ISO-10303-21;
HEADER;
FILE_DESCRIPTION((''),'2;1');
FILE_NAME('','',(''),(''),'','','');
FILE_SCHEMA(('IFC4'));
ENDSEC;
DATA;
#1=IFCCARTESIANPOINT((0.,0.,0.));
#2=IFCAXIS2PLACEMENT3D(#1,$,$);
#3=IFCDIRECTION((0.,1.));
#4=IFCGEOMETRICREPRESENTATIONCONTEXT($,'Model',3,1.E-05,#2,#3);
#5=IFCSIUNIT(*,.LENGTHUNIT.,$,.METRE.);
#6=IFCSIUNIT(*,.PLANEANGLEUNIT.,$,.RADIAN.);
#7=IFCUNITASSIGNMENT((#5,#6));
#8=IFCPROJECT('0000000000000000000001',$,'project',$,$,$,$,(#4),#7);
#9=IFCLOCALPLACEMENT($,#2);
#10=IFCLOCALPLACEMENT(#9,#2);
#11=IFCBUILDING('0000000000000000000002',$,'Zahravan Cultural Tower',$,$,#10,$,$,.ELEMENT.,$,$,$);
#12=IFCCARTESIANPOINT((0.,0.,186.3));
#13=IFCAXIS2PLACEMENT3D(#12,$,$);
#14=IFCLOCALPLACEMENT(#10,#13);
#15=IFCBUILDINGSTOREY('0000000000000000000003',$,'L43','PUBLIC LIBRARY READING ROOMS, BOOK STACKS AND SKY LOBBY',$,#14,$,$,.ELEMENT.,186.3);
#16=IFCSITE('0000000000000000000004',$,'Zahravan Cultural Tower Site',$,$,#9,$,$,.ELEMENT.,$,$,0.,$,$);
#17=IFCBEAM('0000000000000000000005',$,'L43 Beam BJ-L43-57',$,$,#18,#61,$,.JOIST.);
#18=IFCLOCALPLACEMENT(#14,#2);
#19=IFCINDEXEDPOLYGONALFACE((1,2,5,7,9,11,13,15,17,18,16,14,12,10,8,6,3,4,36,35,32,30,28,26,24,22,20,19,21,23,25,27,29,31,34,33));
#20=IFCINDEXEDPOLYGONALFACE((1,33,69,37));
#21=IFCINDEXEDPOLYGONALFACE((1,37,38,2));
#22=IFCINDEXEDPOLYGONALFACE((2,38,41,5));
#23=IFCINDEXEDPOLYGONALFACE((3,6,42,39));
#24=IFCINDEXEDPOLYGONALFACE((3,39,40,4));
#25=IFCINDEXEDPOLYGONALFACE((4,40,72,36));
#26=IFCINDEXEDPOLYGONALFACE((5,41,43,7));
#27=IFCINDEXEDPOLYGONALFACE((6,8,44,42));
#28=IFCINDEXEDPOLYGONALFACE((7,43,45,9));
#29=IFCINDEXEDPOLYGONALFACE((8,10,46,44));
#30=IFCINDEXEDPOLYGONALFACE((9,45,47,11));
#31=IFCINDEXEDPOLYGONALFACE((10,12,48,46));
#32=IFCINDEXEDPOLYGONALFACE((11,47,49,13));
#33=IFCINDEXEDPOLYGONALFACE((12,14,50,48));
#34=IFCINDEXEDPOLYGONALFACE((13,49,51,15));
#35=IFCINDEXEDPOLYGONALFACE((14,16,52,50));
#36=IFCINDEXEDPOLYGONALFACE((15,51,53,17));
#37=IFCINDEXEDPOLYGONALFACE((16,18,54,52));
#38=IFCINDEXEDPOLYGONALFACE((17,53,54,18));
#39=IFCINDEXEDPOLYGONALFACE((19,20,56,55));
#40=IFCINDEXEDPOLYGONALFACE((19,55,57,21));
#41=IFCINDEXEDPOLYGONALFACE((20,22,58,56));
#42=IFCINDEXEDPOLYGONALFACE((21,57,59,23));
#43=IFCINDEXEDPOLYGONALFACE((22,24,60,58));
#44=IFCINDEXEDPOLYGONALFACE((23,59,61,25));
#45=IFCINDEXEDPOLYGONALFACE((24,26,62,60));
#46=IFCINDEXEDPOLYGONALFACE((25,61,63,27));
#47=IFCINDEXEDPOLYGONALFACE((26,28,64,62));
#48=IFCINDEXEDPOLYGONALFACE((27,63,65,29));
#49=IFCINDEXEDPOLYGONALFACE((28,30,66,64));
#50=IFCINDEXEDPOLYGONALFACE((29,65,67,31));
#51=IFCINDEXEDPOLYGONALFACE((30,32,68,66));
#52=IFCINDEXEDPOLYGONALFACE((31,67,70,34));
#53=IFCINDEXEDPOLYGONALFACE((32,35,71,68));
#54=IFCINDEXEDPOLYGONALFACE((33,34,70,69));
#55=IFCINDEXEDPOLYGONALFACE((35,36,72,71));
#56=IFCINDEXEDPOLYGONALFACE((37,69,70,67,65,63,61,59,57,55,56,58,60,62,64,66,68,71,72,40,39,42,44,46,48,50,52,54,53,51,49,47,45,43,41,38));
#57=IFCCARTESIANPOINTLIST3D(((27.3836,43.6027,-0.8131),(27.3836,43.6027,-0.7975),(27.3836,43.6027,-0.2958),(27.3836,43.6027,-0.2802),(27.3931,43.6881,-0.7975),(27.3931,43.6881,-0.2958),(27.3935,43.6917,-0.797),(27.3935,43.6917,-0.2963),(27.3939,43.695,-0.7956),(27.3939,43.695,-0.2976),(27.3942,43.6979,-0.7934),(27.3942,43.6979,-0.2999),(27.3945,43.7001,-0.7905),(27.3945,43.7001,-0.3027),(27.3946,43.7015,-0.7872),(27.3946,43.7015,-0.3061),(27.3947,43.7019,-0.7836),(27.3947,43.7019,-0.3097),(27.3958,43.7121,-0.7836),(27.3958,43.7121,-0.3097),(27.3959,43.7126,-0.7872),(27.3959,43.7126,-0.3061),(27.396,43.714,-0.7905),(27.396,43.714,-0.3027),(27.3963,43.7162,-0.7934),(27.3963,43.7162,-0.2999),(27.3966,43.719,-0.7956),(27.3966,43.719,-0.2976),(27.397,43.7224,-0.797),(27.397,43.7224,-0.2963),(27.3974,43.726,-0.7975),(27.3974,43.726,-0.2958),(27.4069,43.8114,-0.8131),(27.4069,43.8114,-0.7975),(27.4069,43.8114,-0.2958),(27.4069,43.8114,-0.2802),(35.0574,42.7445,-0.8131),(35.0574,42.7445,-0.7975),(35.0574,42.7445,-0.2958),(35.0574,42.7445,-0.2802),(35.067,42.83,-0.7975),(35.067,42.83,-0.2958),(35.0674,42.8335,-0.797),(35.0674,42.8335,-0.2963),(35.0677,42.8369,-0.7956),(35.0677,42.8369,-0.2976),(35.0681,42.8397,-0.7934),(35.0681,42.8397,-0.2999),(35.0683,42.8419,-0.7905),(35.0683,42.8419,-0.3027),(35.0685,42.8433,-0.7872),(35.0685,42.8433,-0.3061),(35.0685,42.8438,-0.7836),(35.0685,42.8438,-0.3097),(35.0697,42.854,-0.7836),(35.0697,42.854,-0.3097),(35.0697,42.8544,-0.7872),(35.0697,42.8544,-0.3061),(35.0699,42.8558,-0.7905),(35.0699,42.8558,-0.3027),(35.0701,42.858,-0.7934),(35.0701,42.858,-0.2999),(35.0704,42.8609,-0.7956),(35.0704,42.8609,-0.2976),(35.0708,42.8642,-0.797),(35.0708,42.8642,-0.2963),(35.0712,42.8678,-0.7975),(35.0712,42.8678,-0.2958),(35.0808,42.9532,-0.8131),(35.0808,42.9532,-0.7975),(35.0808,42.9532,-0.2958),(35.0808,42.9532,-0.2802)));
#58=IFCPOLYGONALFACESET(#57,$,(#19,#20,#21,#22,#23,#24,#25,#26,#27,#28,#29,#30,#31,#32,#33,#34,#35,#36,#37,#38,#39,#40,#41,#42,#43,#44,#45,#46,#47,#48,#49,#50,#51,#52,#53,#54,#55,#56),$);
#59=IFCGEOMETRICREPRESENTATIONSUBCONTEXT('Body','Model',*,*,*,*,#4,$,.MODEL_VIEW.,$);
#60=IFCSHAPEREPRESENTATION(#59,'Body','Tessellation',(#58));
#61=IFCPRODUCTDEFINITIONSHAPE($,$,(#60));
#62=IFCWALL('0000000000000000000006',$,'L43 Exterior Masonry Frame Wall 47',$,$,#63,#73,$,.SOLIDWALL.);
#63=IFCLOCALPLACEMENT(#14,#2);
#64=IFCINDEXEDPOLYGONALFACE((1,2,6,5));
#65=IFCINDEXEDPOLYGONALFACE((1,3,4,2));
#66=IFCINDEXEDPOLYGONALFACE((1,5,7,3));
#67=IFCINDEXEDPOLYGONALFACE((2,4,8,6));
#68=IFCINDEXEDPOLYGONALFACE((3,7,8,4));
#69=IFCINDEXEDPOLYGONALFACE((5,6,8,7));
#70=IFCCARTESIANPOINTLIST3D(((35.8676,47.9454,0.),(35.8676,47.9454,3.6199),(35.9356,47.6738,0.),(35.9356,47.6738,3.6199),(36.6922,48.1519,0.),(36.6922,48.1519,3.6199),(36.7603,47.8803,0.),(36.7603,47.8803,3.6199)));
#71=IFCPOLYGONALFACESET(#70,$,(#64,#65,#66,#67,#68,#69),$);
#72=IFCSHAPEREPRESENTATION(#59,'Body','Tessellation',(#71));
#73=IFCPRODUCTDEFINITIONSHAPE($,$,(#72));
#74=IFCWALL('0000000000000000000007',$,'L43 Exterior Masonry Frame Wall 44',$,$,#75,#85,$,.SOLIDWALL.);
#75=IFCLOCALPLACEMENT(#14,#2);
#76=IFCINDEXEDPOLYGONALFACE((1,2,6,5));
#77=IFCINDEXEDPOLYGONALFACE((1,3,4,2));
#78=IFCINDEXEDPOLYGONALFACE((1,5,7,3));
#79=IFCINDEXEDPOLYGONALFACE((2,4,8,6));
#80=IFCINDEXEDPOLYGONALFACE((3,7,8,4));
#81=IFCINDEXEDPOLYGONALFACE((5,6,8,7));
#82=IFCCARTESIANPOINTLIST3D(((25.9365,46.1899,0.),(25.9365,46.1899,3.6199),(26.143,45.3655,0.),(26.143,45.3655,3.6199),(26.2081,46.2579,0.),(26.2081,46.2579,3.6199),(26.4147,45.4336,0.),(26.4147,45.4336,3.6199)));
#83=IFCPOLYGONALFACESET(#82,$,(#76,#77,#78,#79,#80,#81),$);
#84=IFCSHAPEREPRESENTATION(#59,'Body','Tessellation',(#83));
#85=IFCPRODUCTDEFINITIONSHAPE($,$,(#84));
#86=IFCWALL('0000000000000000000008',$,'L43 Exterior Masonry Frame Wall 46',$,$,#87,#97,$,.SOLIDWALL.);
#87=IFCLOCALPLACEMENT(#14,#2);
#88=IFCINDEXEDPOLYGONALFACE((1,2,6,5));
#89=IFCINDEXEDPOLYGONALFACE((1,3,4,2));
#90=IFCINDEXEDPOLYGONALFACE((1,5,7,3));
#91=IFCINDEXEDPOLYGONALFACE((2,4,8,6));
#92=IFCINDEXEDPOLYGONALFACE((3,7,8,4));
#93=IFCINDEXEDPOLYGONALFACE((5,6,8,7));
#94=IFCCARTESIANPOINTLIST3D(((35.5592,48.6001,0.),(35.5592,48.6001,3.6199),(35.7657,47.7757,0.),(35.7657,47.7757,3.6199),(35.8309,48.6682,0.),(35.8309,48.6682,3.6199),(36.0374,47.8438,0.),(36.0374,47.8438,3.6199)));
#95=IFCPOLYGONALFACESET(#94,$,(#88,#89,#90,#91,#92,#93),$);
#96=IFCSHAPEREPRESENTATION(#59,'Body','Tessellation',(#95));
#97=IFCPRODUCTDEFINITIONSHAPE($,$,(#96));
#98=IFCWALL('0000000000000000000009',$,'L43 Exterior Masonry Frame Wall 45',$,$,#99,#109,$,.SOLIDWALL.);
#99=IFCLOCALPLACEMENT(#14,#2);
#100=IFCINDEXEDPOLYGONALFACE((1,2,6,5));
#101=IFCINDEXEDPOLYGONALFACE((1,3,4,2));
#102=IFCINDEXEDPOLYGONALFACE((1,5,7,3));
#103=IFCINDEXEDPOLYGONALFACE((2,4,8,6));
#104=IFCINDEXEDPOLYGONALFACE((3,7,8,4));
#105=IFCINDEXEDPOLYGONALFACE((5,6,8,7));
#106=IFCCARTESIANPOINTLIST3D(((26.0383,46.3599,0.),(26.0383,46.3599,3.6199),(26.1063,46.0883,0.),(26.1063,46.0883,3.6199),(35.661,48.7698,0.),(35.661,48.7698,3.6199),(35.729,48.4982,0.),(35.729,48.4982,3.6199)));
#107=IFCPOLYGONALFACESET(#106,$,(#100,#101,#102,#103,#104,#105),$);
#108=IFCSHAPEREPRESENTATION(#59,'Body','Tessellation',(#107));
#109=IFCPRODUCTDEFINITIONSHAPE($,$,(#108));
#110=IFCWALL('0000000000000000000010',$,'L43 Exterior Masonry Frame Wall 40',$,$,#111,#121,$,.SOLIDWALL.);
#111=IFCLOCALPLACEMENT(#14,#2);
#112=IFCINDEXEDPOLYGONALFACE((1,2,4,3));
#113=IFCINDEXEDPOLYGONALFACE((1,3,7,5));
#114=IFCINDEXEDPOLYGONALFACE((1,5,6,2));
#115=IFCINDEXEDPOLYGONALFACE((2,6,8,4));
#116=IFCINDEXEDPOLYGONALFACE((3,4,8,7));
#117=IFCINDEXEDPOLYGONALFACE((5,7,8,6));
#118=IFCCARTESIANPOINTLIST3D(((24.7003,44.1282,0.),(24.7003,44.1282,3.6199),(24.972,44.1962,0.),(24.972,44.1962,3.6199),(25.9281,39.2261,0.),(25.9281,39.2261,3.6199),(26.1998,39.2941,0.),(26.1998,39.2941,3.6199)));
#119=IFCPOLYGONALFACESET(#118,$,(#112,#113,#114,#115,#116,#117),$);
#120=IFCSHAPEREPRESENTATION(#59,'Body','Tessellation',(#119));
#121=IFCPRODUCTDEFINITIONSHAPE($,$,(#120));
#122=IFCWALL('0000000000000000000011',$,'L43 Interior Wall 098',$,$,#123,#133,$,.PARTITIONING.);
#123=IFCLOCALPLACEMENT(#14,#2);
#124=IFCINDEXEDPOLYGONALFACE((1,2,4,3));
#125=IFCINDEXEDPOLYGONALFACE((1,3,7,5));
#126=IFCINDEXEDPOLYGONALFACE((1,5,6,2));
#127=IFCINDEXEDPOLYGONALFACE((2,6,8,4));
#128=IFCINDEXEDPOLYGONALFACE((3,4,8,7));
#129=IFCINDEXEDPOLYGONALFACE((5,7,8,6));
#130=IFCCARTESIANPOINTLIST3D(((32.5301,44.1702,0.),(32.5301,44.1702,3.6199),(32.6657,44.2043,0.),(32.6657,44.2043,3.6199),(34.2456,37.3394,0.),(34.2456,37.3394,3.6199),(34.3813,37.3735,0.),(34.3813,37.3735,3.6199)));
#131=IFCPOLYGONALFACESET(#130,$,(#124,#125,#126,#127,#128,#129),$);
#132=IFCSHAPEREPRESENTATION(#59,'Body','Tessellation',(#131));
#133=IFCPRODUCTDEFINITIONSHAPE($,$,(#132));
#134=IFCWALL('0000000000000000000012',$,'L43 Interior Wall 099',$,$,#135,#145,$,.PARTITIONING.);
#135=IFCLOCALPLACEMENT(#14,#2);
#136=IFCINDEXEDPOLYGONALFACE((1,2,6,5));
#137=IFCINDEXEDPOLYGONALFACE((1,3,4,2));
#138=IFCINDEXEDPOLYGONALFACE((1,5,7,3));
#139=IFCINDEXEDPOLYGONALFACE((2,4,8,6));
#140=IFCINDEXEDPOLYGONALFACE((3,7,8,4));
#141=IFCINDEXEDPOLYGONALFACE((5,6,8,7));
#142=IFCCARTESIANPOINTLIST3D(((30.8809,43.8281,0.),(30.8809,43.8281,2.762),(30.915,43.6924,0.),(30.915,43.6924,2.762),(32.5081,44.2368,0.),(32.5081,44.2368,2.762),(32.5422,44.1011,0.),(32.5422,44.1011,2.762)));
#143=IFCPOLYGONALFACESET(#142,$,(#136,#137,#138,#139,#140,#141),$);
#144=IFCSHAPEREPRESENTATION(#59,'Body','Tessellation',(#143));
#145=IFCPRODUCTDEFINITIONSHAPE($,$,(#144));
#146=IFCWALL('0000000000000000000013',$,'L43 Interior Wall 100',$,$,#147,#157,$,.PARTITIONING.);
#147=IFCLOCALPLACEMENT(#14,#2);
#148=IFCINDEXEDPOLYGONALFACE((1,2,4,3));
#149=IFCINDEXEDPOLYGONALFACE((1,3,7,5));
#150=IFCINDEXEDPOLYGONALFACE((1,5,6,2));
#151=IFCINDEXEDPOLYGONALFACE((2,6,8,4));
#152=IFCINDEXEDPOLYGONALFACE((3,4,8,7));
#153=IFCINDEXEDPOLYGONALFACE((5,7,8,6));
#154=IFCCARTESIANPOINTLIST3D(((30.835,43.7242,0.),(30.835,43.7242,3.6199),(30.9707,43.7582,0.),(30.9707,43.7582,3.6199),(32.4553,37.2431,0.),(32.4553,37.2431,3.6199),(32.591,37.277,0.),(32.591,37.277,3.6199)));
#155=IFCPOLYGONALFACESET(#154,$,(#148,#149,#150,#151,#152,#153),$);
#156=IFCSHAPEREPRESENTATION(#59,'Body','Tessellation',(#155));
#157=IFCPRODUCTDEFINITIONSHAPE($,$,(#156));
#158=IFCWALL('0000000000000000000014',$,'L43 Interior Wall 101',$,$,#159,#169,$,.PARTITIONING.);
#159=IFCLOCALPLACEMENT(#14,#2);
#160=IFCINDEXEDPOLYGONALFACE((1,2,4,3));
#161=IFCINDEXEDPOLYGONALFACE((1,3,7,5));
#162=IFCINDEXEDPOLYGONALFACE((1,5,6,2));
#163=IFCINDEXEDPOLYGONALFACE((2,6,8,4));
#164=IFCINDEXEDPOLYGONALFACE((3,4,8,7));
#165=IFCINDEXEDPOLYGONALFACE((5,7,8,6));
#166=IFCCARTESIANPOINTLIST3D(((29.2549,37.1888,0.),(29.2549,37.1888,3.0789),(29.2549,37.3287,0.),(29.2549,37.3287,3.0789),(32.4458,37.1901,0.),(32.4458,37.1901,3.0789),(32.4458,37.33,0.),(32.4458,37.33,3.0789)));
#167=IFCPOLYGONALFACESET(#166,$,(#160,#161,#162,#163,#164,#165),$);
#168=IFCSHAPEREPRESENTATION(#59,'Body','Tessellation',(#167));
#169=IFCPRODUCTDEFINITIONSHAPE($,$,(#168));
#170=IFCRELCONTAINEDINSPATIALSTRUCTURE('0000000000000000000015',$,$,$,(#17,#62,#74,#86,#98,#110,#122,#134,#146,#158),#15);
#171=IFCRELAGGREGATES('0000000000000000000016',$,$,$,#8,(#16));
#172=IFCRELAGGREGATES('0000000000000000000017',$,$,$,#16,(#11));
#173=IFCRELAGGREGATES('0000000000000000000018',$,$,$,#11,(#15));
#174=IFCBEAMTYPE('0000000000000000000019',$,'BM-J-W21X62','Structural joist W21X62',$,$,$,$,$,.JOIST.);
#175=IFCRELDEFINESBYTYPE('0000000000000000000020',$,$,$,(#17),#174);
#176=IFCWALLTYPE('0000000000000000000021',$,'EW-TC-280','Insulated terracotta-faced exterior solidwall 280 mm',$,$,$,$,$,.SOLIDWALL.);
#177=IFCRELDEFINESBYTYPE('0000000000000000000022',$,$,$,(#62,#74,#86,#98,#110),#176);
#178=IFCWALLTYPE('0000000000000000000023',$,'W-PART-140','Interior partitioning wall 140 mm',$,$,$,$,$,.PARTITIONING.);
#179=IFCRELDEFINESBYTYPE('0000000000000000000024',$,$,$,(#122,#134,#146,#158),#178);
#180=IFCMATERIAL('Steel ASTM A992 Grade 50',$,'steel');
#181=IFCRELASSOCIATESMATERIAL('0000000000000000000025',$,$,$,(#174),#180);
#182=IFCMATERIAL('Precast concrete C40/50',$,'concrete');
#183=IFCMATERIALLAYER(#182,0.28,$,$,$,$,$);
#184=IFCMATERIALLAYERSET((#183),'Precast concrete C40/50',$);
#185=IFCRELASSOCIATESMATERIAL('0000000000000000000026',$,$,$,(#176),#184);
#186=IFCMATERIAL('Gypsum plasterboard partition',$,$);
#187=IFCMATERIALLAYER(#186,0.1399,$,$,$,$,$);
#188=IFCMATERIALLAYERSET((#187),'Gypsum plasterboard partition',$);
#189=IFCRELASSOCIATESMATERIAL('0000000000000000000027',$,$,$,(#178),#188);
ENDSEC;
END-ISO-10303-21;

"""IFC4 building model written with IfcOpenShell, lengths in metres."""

from ifc_helpers import new_model, si_unit, direction, frame, frame_2d, origin, origin_2d, place, context, subcontext, project, spatial, rectangle, i_section, extrude, source, transform, mapped, material, layer, layer_set, material_profile, profile_set, type_object, element, save


model = new_model("IFC4")

# Units and contexts
model_context = context("Model", 3, precision=1e-05, world=origin(), true_north=direction((0.0, 1.0)))
body_context = subcontext(model_context, "Body", "Model", "MODEL_VIEW")
ifc_project = project(units=[si_unit("LENGTHUNIT", "METRE"), si_unit("PLANEANGLEUNIT", "RADIAN")], contexts=[model_context])

# Site, building, storey
site_placement = place(None, origin())
site = spatial("IfcSite", under=ifc_project, at=site_placement, Name="Zahravan Cultural Tower Site", CompositionType="ELEMENT", RefElevation=0.0)
building_placement = place(site_placement, origin())
building = spatial("IfcBuilding", under=site, at=building_placement, Name="Zahravan Cultural Tower", CompositionType="ELEMENT")
storey_placement = place(building_placement, frame((0.0, 0.0, 186.3)))
storey = spatial("IfcBuildingStorey", under=building, at=storey_placement, Name="L43", Description="PUBLIC LIBRARY READING ROOMS, BOOK STACKS AND SKY LOBBY", CompositionType="ELEMENT", Elevation=186.3)

# Shared definitions
ifc_material_1 = material(Name="Steel ASTM A992 Grade 50", Category="steel")

# Beam
ifc_material_profile_1 = material_profile(ifc_material_1, i_section(OverallWidth=0.21, OverallDepth=0.533, WebThickness=0.0103, FlangeThickness=0.0156, FilletRadius=0.0139, at=origin_2d()), Name="W21X62")
ifc_profile_set_1 = profile_set([ifc_material_profile_1], Name="Steel ASTM A992 Grade 50")
beam_type_1 = type_object("IfcBeamType", Name="BM-J-W21X62", Description="Structural joist W21X62", PredefinedType="JOIST", material=ifc_profile_set_1)
shared_shape_1 = source(origin(), body_context, "Body", "SweptSolid", [
    extrude(i_section(OverallWidth=0.21, OverallDepth=0.533, WebThickness=0.0103, FlangeThickness=0.0156, FilletRadius=0.0139, at=origin_2d()), origin(), (0.0, 0.0, 1.0), 7.7217),
])
beam_1_placement = place(storey_placement, frame((35.0691, 42.8489, -0.5466), z_axis=(-0.993805, 0.111136, 0.0), x_axis=(-0.111136, -0.993805, 0.0)))
element("IfcBeam", 1, at=beam_1_placement, inside=storey, type_object=beam_type_1, Name="L43 Beam BJ-L43-57", PredefinedType="JOIST", context=body_context, shape_type="MappedRepresentation", body=[
    mapped(shared_shape_1, transform((0.0, 0.0, 0.0), x_axis=(1.0, 0.0, 0.0), y_axis=(0.0, 1.0, 0.0), z_axis=(0.0, 0.0, 1.0), scale=1.0)),
])

# Walls
ifc_material_2 = material(Name="Precast concrete C40/50", Category="concrete")
ifc_layer_1 = layer(ifc_material_2, 0.28)
ifc_layer_set_1 = layer_set([ifc_layer_1], Name="Precast concrete C40/50")
wall_type_1 = type_object("IfcWallType", Name="EW-TC-280", Description="Insulated terracotta-faced exterior solidwall 280 mm", PredefinedType="SOLIDWALL", material=ifc_layer_set_1)
shared_shape_2 = source(origin(), body_context, "Body", "SweptSolid", [
    extrude(rectangle(XDim=0.8501, YDim=0.28, at=frame_2d((0.425, 0.0))), origin(), (0.0, 0.0, 1.0), 3.6199),
])
wall_1_placement = place(storey_placement, frame((35.9016, 47.8096, 0.0), z_axis=(0.0, 0.0, 1.0), x_axis=(0.970041, 0.242941, 0.0)))
element("IfcWall", 2, at=wall_1_placement, inside=storey, type_object=wall_type_1, Name="L43 Exterior Masonry Frame Wall 47", PredefinedType="SOLIDWALL", context=body_context, shape_type="MappedRepresentation", body=[
    mapped(shared_shape_2, transform((0.0, 0.0, 0.0), x_axis=(1.0, 0.0, 0.0), y_axis=(0.0, 1.0, 0.0), z_axis=(0.0, 0.0, 1.0), scale=1.0)),
])
shared_shape_3 = source(origin(), body_context, "Body", "SweptSolid", [
    extrude(rectangle(XDim=0.8499, YDim=0.28, at=frame_2d((0.4248, 0.0))), origin(), (0.0, 0.0, 1.0), 3.6199),
])
for number, where, z_axis, x_axis, name in (
    (3, (26.2788, 45.3997, 0.0), (0.0, 0.0, 1.0), (-0.243009, 0.970024, 0.0), "L43 Exterior Masonry Frame Wall 44"),
    (4, (35.6951, 48.634, 0.0), (0.0, 0.0, 1.0), (0.243009, -0.970024, 0.0), "L43 Exterior Masonry Frame Wall 46"),
):
    element("IfcWall", number, at=place(storey_placement, frame(where, z_axis=z_axis, x_axis=x_axis)), inside=storey, type_object=wall_type_1, Name=name, PredefinedType="SOLIDWALL", context=body_context, shape_type="MappedRepresentation", body=[
        mapped(shared_shape_3, transform((0.0, 0.0, 0.0), x_axis=(1.0, 0.0, 0.0), y_axis=(0.0, 1.0, 0.0), z_axis=(0.0, 0.0, 1.0), scale=1.0)),
    ])
shared_shape_4 = source(origin(), body_context, "Body", "SweptSolid", [
    extrude(rectangle(XDim=9.9199, YDim=0.28, at=frame_2d((4.96, 0.0))), origin(), (0.0, 0.0, 1.0), 3.6199),
])
wall_2_placement = place(storey_placement, frame((26.0723, 46.2241, 0.0), z_axis=(0.0, 0.0, 1.0), x_axis=(0.970043, 0.242935, 0.0)))
element("IfcWall", 5, at=wall_2_placement, inside=storey, type_object=wall_type_1, Name="L43 Exterior Masonry Frame Wall 45", PredefinedType="SOLIDWALL", context=body_context, shape_type="MappedRepresentation", body=[
    mapped(shared_shape_4, transform((0.0, 0.0, 0.0), x_axis=(1.0, 0.0, 0.0), y_axis=(0.0, 1.0, 0.0), z_axis=(0.0, 0.0, 1.0), scale=1.0)),
])
shared_shape_5 = source(origin(), body_context, "Body", "SweptSolid", [
    extrude(rectangle(XDim=5.0535, YDim=0.28, at=frame_2d((2.5269, 0.0))), origin(), (0.0, 0.0, 1.0), 3.6199),
])
wall_3_placement = place(storey_placement, frame((26.064, 39.26, 0.0), z_axis=(0.0, 0.0, 1.0), x_axis=(-0.242956, 0.970037, 0.0)))
element("IfcWall", 6, at=wall_3_placement, inside=storey, type_object=wall_type_1, Name="L43 Exterior Masonry Frame Wall 40", PredefinedType="SOLIDWALL", context=body_context, shape_type="MappedRepresentation", body=[
    mapped(shared_shape_5, transform((0.0, 0.0, 0.0), x_axis=(1.0, 0.0, 0.0), y_axis=(0.0, 1.0, 0.0), z_axis=(0.0, 0.0, 1.0), scale=1.0)),
])
ifc_material_3 = material(Name="Gypsum plasterboard partition")
ifc_layer_2 = layer(ifc_material_3, 0.1399)
ifc_layer_set_2 = layer_set([ifc_layer_2], Name="Gypsum plasterboard partition")
wall_type_2 = type_object("IfcWallType", Name="W-PART-140", Description="Interior partitioning wall 140 mm", PredefinedType="PARTITIONING", material=ifc_layer_set_2)
shared_shape_6 = source(origin(), body_context, "Body", "SweptSolid", [
    extrude(rectangle(XDim=7.043, YDim=0.1399, at=frame_2d((3.5215, 0.0))), origin(), (0.0, 0.0, 1.0), 3.6199),
])
wall_4_placement = place(storey_placement, frame((34.3135, 37.3564, 0.0), z_axis=(0.0, 0.0, 1.0), x_axis=(-0.243588, 0.969879, 0.0)))
element("IfcWall", 7, at=wall_4_placement, inside=storey, type_object=wall_type_2, Name="L43 Interior Wall 098", PredefinedType="PARTITIONING", context=body_context, shape_type="MappedRepresentation", body=[
    mapped(shared_shape_6, transform((0.0, 0.0, 0.0), x_axis=(1.0, 0.0, 0.0), y_axis=(0.0, 1.0, 0.0), z_axis=(0.0, 0.0, 1.0), scale=1.0)),
])
shared_shape_7 = source(origin(), body_context, "Body", "SweptSolid", [
    extrude(rectangle(XDim=1.6777, YDim=0.1399, at=frame_2d((0.8389, 0.0))), origin(), (0.0, 0.0, 1.0), 2.762),
])
wall_5_placement = place(storey_placement, frame((32.5251, 44.1689, 0.0), z_axis=(0.0, 0.0, 1.0), x_axis=(-0.969877, -0.243597, 0.0)))
element("IfcWall", 8, at=wall_5_placement, inside=storey, type_object=wall_type_2, Name="L43 Interior Wall 099", PredefinedType="PARTITIONING", context=body_context, shape_type="MappedRepresentation", body=[
    mapped(shared_shape_7, transform((0.0, 0.0, 0.0), x_axis=(1.0, 0.0, 0.0), y_axis=(0.0, 1.0, 0.0), z_axis=(0.0, 0.0, 1.0), scale=1.0)),
])
shared_shape_8 = source(origin(), body_context, "Body", "SweptSolid", [
    extrude(rectangle(XDim=6.6807, YDim=0.1399, at=frame_2d((3.3403, 0.0))), origin(), (0.0, 0.0, 1.0), 3.6199),
])
wall_6_placement = place(storey_placement, frame((30.9028, 43.7412, 0.0), z_axis=(0.0, 0.0, 1.0), x_axis=(0.242544, -0.97014, 0.0)))
element("IfcWall", 9, at=wall_6_placement, inside=storey, type_object=wall_type_2, Name="L43 Interior Wall 100", PredefinedType="PARTITIONING", context=body_context, shape_type="MappedRepresentation", body=[
    mapped(shared_shape_8, transform((0.0, 0.0, 0.0), x_axis=(1.0, 0.0, 0.0), y_axis=(0.0, 1.0, 0.0), z_axis=(0.0, 0.0, 1.0), scale=1.0)),
])
shared_shape_9 = source(origin(), body_context, "Body", "SweptSolid", [
    extrude(rectangle(XDim=3.1909, YDim=0.1399, at=frame_2d((1.5955, 0.0))), origin(), (0.0, 0.0, 1.0), 3.0789),
])
wall_7_placement = place(storey_placement, frame((32.4458, 37.26, 0.0), z_axis=(0.0, 0.0, 1.0), x_axis=(-1.0, -0.000383, 0.0)))
element("IfcWall", 10, at=wall_7_placement, inside=storey, type_object=wall_type_2, Name="L43 Interior Wall 101", PredefinedType="PARTITIONING", context=body_context, shape_type="MappedRepresentation", body=[
    mapped(shared_shape_9, transform((0.0, 0.0, 0.0), x_axis=(1.0, 0.0, 0.0), y_axis=(0.0, 1.0, 0.0), z_axis=(0.0, 0.0, 1.0), scale=1.0)),
])

save(model, "model.ifc")
